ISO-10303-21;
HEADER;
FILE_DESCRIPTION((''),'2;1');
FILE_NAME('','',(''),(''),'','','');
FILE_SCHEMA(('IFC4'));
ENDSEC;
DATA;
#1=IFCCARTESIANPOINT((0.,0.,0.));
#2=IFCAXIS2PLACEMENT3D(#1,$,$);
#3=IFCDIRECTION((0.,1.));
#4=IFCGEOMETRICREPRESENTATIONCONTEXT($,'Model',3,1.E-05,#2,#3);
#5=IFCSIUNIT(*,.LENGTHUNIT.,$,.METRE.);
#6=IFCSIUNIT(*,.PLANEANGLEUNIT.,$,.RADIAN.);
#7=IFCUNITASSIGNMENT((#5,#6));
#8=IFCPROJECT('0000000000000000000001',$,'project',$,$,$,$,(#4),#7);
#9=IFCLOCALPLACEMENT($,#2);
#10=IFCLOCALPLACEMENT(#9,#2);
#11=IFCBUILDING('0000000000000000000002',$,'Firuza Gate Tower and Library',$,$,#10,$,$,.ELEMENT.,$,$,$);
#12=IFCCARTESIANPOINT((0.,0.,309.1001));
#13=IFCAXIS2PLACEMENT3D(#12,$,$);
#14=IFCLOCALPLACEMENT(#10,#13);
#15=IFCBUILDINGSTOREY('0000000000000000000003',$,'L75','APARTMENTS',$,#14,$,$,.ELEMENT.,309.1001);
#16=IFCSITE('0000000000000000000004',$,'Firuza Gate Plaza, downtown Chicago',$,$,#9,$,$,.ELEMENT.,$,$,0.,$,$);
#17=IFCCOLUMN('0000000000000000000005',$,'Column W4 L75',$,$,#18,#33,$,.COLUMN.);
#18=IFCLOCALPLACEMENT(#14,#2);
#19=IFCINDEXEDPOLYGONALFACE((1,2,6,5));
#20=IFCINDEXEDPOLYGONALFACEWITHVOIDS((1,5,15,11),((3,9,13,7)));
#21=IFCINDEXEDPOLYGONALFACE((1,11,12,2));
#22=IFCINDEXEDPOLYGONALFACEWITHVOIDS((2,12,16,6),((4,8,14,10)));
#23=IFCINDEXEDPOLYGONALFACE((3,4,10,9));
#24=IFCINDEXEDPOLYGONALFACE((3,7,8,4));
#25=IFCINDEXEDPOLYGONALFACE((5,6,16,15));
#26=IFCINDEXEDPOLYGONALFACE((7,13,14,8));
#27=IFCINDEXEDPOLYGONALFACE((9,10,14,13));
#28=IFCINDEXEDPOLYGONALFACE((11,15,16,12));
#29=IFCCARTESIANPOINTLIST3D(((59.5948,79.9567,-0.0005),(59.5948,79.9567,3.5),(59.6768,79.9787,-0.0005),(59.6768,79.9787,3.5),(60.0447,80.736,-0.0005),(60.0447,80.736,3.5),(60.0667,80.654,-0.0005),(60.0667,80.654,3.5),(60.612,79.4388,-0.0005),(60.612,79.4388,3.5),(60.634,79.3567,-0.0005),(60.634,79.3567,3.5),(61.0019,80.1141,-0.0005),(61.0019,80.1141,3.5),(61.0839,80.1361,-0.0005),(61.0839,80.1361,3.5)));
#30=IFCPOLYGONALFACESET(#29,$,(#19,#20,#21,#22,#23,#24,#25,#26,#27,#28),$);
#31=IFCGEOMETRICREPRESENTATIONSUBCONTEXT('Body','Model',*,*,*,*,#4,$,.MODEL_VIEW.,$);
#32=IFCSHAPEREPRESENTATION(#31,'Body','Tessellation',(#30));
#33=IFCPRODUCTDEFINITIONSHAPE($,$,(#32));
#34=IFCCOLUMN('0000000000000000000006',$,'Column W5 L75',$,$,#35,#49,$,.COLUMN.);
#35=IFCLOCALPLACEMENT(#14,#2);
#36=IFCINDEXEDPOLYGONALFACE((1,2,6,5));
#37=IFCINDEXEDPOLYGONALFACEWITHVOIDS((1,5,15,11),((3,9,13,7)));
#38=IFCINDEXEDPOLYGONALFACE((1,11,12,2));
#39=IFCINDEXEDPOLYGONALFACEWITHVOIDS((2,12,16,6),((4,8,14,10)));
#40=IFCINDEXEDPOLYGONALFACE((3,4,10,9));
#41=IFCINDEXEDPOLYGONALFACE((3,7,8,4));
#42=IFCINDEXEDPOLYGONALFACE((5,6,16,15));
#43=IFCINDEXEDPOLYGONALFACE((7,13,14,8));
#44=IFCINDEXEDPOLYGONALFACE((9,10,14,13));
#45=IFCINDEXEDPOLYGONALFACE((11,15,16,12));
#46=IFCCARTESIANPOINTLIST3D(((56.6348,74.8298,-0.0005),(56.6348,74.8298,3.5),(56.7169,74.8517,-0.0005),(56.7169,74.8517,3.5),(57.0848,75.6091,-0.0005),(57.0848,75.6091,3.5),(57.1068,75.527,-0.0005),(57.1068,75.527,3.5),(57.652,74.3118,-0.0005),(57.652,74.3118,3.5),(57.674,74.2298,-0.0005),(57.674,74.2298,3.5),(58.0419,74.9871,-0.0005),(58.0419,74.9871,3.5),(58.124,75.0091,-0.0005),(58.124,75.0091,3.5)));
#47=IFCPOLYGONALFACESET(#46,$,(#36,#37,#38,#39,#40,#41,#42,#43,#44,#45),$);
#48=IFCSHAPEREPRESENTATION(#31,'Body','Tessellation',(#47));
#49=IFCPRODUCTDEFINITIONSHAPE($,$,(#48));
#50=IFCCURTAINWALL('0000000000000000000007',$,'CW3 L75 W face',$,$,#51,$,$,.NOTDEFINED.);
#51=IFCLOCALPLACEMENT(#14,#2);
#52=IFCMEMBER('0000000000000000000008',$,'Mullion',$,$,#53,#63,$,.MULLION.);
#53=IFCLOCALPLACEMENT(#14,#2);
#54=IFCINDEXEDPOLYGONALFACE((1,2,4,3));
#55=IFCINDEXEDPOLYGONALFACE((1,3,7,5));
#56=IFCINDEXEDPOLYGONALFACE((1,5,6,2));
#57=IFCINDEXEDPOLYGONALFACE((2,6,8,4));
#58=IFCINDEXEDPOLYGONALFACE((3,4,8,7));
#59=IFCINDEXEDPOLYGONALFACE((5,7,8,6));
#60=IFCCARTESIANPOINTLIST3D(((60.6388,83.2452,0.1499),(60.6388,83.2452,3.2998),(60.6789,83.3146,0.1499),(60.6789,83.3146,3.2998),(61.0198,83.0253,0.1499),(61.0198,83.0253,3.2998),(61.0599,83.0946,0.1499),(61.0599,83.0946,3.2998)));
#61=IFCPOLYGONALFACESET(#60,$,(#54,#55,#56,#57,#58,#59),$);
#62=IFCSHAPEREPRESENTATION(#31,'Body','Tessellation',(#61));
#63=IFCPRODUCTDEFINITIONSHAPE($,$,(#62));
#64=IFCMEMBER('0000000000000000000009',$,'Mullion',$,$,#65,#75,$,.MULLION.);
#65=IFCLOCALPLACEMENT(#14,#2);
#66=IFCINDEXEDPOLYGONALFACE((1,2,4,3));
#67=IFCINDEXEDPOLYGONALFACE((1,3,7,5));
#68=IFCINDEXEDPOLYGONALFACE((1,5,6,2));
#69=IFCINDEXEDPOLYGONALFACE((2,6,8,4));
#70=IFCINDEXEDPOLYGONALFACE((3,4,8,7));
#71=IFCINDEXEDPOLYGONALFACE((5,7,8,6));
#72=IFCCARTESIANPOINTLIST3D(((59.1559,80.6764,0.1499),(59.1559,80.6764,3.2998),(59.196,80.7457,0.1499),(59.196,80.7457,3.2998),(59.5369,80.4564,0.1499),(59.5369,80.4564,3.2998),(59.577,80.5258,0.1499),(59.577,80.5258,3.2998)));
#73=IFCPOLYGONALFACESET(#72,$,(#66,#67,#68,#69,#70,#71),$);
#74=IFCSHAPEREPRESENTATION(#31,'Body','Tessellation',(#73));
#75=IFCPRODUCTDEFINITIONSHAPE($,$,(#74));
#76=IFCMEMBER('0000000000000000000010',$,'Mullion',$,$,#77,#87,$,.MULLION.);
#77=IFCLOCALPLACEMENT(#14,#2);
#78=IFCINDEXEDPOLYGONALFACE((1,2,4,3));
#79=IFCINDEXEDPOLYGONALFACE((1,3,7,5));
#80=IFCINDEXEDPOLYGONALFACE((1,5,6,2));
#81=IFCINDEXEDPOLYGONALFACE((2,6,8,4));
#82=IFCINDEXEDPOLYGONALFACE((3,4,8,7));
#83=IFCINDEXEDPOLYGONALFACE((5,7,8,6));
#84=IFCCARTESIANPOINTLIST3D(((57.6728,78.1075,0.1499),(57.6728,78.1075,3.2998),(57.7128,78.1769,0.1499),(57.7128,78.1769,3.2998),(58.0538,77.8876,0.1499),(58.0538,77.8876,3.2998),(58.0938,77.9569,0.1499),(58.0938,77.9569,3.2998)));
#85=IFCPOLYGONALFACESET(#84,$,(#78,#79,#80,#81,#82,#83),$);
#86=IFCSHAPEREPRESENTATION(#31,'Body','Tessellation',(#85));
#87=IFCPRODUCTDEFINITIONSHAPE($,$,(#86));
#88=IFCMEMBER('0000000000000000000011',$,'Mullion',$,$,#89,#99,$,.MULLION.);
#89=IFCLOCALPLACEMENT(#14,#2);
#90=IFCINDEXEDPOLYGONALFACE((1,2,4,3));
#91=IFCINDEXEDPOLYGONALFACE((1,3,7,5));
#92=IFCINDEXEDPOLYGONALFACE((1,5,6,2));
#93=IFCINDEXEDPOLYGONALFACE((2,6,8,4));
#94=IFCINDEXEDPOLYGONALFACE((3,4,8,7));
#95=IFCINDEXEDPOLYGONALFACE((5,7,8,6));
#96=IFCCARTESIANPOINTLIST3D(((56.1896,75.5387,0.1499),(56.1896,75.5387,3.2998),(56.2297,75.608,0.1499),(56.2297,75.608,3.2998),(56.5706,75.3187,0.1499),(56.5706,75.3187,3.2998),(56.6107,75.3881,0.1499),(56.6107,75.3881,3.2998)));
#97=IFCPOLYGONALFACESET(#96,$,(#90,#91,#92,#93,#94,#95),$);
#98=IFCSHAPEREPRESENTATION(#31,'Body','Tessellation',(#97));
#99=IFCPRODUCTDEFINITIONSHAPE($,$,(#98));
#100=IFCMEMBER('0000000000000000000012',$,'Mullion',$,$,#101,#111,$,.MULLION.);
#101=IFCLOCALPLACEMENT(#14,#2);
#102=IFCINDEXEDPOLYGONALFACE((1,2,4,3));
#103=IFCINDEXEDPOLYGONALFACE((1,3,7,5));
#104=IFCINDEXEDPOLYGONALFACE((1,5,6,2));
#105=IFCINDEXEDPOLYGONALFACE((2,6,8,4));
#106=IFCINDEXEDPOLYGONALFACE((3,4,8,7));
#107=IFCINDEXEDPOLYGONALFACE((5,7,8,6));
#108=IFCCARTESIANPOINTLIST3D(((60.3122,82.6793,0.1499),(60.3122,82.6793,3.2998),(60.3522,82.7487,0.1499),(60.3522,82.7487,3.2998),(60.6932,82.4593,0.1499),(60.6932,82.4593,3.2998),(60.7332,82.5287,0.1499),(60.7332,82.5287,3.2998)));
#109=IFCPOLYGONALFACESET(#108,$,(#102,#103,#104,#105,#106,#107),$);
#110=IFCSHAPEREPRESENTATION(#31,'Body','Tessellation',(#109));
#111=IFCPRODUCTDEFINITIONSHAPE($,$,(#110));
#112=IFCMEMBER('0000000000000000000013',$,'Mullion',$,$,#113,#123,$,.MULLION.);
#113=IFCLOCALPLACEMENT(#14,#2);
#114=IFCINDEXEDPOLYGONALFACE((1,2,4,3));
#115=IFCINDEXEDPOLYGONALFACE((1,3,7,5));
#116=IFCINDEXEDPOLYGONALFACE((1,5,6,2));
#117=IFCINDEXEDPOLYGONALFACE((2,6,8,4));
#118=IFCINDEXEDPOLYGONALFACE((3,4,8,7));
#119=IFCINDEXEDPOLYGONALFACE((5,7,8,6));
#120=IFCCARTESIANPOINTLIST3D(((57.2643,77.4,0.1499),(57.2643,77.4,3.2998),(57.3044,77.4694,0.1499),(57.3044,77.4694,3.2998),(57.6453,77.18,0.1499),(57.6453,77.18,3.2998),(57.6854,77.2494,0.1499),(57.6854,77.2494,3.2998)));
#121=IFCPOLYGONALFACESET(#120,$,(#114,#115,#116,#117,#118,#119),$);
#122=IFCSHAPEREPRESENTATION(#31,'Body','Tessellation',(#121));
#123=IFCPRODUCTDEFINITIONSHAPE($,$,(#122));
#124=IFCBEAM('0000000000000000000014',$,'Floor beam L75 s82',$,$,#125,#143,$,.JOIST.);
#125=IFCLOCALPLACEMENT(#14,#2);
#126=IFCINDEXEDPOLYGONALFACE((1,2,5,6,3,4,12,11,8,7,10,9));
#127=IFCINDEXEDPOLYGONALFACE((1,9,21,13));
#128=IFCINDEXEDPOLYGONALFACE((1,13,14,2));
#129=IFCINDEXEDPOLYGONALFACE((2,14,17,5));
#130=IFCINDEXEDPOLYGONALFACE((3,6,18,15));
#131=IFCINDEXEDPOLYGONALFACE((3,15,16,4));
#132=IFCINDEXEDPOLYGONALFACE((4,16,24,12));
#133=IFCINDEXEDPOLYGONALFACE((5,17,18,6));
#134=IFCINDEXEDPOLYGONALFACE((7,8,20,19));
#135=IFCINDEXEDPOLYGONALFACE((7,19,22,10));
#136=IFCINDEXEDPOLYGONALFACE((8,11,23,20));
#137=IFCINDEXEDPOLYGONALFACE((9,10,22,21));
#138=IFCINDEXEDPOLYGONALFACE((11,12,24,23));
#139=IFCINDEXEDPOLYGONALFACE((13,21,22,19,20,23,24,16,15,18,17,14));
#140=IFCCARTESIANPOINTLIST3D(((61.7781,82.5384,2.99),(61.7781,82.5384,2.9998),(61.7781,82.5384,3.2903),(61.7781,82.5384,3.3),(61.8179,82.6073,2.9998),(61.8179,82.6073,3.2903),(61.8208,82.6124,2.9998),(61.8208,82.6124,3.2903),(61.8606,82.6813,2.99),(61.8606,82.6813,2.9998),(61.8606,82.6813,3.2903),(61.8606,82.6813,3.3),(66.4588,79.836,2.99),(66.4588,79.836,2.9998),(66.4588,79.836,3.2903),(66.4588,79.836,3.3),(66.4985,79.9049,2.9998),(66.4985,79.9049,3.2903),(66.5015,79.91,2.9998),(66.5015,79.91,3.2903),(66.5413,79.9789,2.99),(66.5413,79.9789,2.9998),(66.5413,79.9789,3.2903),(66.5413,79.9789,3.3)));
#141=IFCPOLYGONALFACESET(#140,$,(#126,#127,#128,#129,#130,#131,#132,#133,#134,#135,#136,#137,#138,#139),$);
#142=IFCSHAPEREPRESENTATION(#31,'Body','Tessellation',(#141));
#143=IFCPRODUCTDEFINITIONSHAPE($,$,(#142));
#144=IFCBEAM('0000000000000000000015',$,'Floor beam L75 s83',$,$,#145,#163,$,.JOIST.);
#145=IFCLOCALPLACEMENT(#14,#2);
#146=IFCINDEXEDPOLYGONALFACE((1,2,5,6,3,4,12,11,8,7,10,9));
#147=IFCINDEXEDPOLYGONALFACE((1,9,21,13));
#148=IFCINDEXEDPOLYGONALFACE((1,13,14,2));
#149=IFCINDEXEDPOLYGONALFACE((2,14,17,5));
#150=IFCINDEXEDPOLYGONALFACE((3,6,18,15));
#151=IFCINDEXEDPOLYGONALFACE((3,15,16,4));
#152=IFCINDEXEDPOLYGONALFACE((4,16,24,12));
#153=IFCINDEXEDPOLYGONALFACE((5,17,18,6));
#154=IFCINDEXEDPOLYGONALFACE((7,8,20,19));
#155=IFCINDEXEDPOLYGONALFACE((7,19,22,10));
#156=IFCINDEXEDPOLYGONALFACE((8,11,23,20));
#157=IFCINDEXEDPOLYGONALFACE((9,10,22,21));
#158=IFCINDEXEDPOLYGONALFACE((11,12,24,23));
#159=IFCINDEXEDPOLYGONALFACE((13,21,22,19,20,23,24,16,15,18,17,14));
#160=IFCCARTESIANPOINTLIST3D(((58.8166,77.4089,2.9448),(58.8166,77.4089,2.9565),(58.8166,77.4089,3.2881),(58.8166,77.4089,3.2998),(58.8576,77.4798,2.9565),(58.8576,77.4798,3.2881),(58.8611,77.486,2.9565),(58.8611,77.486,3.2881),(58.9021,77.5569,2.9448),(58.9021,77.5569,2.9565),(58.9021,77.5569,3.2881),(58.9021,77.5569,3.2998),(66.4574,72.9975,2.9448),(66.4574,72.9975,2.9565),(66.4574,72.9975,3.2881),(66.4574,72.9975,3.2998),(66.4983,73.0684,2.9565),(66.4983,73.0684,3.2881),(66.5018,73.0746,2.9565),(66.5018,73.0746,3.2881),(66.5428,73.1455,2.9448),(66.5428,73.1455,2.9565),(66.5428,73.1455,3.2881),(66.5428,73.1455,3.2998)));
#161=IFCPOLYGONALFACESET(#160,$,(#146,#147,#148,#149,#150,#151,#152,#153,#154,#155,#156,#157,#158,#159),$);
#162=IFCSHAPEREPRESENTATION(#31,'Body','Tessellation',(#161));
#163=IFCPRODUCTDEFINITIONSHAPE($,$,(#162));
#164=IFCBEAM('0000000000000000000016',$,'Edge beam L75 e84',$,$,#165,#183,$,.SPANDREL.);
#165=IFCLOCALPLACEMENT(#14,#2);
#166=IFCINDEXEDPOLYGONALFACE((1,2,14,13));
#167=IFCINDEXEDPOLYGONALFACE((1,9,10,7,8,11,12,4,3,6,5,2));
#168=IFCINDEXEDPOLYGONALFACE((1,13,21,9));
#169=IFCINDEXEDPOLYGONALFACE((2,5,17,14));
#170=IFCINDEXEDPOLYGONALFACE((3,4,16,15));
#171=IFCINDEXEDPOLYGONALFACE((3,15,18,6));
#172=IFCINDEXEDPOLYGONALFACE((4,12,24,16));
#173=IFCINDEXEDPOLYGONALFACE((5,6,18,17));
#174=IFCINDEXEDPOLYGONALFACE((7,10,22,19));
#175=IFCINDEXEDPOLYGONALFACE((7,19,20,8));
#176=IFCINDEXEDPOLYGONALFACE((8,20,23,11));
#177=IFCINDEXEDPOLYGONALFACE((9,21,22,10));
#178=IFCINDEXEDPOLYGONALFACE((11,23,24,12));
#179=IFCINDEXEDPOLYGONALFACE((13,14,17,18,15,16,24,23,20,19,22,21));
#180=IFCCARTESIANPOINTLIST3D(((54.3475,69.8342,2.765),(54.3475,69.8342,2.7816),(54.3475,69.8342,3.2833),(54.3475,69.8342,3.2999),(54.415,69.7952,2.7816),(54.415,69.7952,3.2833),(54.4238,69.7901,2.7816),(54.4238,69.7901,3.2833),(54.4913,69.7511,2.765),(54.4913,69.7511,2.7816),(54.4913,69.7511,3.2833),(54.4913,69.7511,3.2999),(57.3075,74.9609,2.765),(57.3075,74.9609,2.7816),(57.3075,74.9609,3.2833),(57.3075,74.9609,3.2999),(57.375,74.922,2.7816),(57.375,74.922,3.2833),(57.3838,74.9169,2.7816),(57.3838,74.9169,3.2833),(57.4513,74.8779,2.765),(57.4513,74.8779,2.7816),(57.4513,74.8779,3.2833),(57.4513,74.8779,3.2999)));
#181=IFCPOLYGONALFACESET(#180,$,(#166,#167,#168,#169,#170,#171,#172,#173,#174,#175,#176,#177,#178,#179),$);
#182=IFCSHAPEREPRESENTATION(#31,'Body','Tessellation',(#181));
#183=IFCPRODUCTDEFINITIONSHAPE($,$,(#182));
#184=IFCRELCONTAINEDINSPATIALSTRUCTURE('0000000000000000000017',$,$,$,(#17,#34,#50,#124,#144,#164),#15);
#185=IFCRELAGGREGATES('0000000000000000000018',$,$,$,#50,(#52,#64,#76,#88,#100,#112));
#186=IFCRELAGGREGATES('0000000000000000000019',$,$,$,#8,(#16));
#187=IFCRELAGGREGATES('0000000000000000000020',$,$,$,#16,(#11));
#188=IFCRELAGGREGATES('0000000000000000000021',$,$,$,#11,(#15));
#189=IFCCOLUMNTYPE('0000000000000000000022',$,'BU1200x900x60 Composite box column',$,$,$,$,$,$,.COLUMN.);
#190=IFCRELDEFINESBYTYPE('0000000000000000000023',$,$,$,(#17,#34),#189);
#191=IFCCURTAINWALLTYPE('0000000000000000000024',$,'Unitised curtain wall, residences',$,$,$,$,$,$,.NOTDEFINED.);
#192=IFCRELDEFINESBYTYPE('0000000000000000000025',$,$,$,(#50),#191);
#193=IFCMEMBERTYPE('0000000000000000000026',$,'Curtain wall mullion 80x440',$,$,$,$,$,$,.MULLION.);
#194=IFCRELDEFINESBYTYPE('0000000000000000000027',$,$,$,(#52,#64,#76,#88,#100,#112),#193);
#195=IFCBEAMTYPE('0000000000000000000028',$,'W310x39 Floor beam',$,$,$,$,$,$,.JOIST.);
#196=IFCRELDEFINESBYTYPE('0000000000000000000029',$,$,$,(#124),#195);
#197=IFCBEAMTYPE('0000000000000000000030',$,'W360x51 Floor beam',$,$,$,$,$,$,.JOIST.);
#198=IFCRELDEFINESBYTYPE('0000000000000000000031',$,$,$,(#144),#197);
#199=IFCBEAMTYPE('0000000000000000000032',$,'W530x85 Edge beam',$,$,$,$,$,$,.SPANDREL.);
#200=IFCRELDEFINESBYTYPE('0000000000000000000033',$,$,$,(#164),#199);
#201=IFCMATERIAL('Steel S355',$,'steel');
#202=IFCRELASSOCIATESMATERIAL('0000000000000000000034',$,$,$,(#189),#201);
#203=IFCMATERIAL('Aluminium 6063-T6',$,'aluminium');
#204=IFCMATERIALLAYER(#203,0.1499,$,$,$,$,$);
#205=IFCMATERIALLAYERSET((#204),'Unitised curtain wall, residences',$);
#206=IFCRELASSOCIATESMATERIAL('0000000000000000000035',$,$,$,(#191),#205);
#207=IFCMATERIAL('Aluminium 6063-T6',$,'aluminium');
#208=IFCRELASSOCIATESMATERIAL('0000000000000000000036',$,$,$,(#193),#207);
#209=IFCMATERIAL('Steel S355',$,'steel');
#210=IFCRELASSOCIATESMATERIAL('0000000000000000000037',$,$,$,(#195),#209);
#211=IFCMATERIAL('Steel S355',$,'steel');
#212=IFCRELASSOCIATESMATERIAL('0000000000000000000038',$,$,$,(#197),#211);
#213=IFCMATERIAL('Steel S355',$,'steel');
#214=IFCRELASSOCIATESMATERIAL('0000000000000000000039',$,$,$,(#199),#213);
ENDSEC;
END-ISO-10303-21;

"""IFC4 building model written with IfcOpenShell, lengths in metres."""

from ifc_helpers import new_model, si_unit, direction, frame, origin, origin_2d, place, context, subcontext, project, spatial, rectangle, hollow_rectangle, i_section, extrude, material, layer, layer_set, material_profile, profile_set, type_object, element, aggregate, save


model = new_model("IFC4")

# Units and contexts
model_context = context("Model", 3, precision=1e-05, world=origin(), true_north=direction((0.0, 1.0)))
body_context = subcontext(model_context, "Body", "Model", "MODEL_VIEW")
ifc_project = project(units=[si_unit("LENGTHUNIT", "METRE"), si_unit("PLANEANGLEUNIT", "RADIAN")], contexts=[model_context])

# Site, building, storey
site_placement = place(None, origin())
site = spatial("IfcSite", under=ifc_project, at=site_placement, Name="Firuza Gate Plaza, downtown Chicago", CompositionType="ELEMENT", RefElevation=0.0)
building_placement = place(site_placement, origin())
building = spatial("IfcBuilding", under=site, at=building_placement, Name="Firuza Gate Tower and Library", CompositionType="ELEMENT")
storey_placement = place(building_placement, frame((0.0, 0.0, 309.1001)))
storey = spatial("IfcBuildingStorey", under=building, at=storey_placement, Name="L75", Description="APARTMENTS", CompositionType="ELEMENT", Elevation=309.1001)

# Columns
ifc_material_1 = material(Name="Steel S355", Category="steel")
ifc_material_profile_1 = material_profile(ifc_material_1, hollow_rectangle(XDim=0.8999, YDim=1.2, WallThickness=0.0601, at=origin_2d()))
ifc_profile_set_1 = profile_set([ifc_material_profile_1], Name="Steel S355")
column_type = type_object("IfcColumnType", Name="BU1200x900x60 Composite box column", PredefinedType="COLUMN", material=ifc_profile_set_1)
for number, where, z_axis, x_axis, name in (
    (1, (60.3394, 80.0464, -0.0005), (0.0, 0.0, 1.0), (-0.5, -0.866025, 0.0), "Column W4 L75"),
    (2, (57.3794, 74.9194, -0.0005), (0.0, 0.0, 1.0), (-0.5, -0.866025, 0.0), "Column W5 L75"),
):
    element("IfcColumn", number, at=place(storey_placement, frame(where, z_axis=z_axis, x_axis=x_axis)), inside=storey, type_object=column_type, Name=name, PredefinedType="COLUMN", context=body_context, shape_type="SweptSolid", body=[
        extrude(hollow_rectangle(XDim=0.8999, YDim=1.2, WallThickness=0.0601, at=origin_2d()), origin(), (0.0, 0.0, 1.0), 3.5005),
    ])

# Curtain wall, members
ifc_material_2 = material(Name="Aluminium 6063-T6", Category="aluminium")
ifc_layer_1 = layer(ifc_material_2, 0.1499)
ifc_layer_set_1 = layer_set([ifc_layer_1], Name="Unitised curtain wall, residences")
curtain_wall_type = type_object("IfcCurtainWallType", Name="Unitised curtain wall, residences", PredefinedType="NOTDEFINED", material=ifc_layer_set_1)
curtain_wall_placement = place(storey_placement, origin())
curtain_wall = element("IfcCurtainWall", 3, at=curtain_wall_placement, inside=storey, type_object=curtain_wall_type, Name="CW3 L75 W face", PredefinedType="NOTDEFINED")
ifc_material_3 = material(Name="Aluminium 6063-T6", Category="aluminium")
ifc_material_profile_2 = material_profile(ifc_material_3, rectangle(XDim=0.4399, YDim=0.0801, at=origin_2d()))
ifc_profile_set_2 = profile_set([ifc_material_profile_2], Name="Aluminium 6063-T6")
member_type = type_object("IfcMemberType", Name="Curtain wall mullion 80x440", PredefinedType="MULLION", material=ifc_profile_set_2)
member_1_placement = place(storey_placement, frame((60.8494, 83.1699, 0.1499), z_axis=(0.0, 0.0, 1.0), x_axis=(0.866025, -0.5, 0.0)))
member_1 = element("IfcMember", 4, at=member_1_placement, type_object=member_type, Name="Mullion", PredefinedType="MULLION", context=body_context, shape_type="SweptSolid", body=[
    extrude(rectangle(XDim=0.4399, YDim=0.0801, at=origin_2d()), origin(), (0.0, 0.0, 1.0), 3.1499),
])
member_2_placement = place(storey_placement, frame((59.3665, 80.6011, 0.1499), z_axis=(0.0, 0.0, 1.0), x_axis=(0.866025, -0.5, 0.0)))
member_2 = element("IfcMember", 5, at=member_2_placement, type_object=member_type, Name="Mullion", PredefinedType="MULLION", context=body_context, shape_type="SweptSolid", body=[
    extrude(rectangle(XDim=0.4399, YDim=0.0801, at=origin_2d()), origin(), (0.0, 0.0, 1.0), 3.1499),
])
member_3_placement = place(storey_placement, frame((57.8833, 78.0322, 0.1499), z_axis=(0.0, 0.0, 1.0), x_axis=(0.866025, -0.5, 0.0)))
member_3 = element("IfcMember", 6, at=member_3_placement, type_object=member_type, Name="Mullion", PredefinedType="MULLION", context=body_context, shape_type="SweptSolid", body=[
    extrude(rectangle(XDim=0.4399, YDim=0.0801, at=origin_2d()), origin(), (0.0, 0.0, 1.0), 3.1499),
])
member_4_placement = place(storey_placement, frame((56.4001, 75.4634, 0.1499), z_axis=(0.0, 0.0, 1.0), x_axis=(0.866025, -0.5, 0.0)))
member_4 = element("IfcMember", 7, at=member_4_placement, type_object=member_type, Name="Mullion", PredefinedType="MULLION", context=body_context, shape_type="SweptSolid", body=[
    extrude(rectangle(XDim=0.4399, YDim=0.0801, at=origin_2d()), origin(), (0.0, 0.0, 1.0), 3.1499),
])
member_5_placement = place(storey_placement, frame((60.5227, 82.604, 0.1499), z_axis=(0.0, 0.0, 1.0), x_axis=(0.866025, -0.5, 0.0)))
member_5 = element("IfcMember", 8, at=member_5_placement, type_object=member_type, Name="Mullion", PredefinedType="MULLION", context=body_context, shape_type="SweptSolid", body=[
    extrude(rectangle(XDim=0.4399, YDim=0.0801, at=origin_2d()), origin(), (0.0, 0.0, 1.0), 3.1499),
])
member_6_placement = place(storey_placement, frame((57.4749, 77.3247, 0.1499), z_axis=(0.0, 0.0, 1.0), x_axis=(0.866025, -0.5, 0.0)))
member_6 = element("IfcMember", 9, at=member_6_placement, type_object=member_type, Name="Mullion", PredefinedType="MULLION", context=body_context, shape_type="SweptSolid", body=[
    extrude(rectangle(XDim=0.4399, YDim=0.0801, at=origin_2d()), origin(), (0.0, 0.0, 1.0), 3.1499),
])

# Beams
ifc_material_4 = material(Name="Steel S355", Category="steel")
ifc_material_profile_3 = material_profile(ifc_material_4, i_section(OverallWidth=0.165, OverallDepth=0.3101, WebThickness=0.0059, FlangeThickness=0.0098, at=origin_2d()))
ifc_profile_set_3 = profile_set([ifc_material_profile_3], Name="Steel S355")
beam_type_1 = type_object("IfcBeamType", Name="W310x39 Floor beam", PredefinedType="JOIST", material=ifc_profile_set_3)
beam_1_placement = place(storey_placement, frame((61.8193, 82.6099, 3.145), z_axis=(0.866025, -0.500001, 0.0), x_axis=(0.500001, 0.866025, 0.0)))
element("IfcBeam", 10, at=beam_1_placement, inside=storey, type_object=beam_type_1, Name="Floor beam L75 s82", PredefinedType="JOIST", context=body_context, shape_type="SweptSolid", body=[
    extrude(i_section(OverallWidth=0.165, OverallDepth=0.3101, WebThickness=0.0059, FlangeThickness=0.0098, at=origin_2d()), origin(), (0.0, 0.0, 1.0), 5.4048),
])
ifc_material_5 = material(Name="Steel S355", Category="steel")
ifc_material_profile_4 = material_profile(ifc_material_5, i_section(OverallWidth=0.1709, OverallDepth=0.355, WebThickness=0.0071, FlangeThickness=0.0117, at=origin_2d()))
ifc_profile_set_4 = profile_set([ifc_material_profile_4], Name="Steel S355")
beam_type_2 = type_object("IfcBeamType", Name="W360x51 Floor beam", PredefinedType="JOIST", material=ifc_profile_set_4)
beam_2_placement = place(storey_placement, frame((58.8594, 77.4829, 3.1223), z_axis=(0.866022, -0.500005, 0.0), x_axis=(0.500005, 0.866022, 0.0)))
element("IfcBeam", 11, at=beam_2_placement, inside=storey, type_object=beam_type_2, Name="Floor beam L75 s83", PredefinedType="JOIST", context=body_context, shape_type="SweptSolid", body=[
    extrude(i_section(OverallWidth=0.1709, OverallDepth=0.355, WebThickness=0.0071, FlangeThickness=0.0117, at=origin_2d()), origin(), (0.0, 0.0, 1.0), 8.8228),
])
ifc_material_6 = material(Name="Steel S355", Category="steel")
ifc_material_profile_5 = material_profile(ifc_material_6, i_section(OverallWidth=0.166, OverallDepth=0.5349, WebThickness=0.0103, FlangeThickness=0.0166, at=origin_2d()))
ifc_profile_set_5 = profile_set([ifc_material_profile_5], Name="Steel S355")
beam_type_3 = type_object("IfcBeamType", Name="W530x85 Edge beam", PredefinedType="SPANDREL", material=ifc_profile_set_5)
beam_3_placement = place(storey_placement, frame((57.3794, 74.9194, 3.0325), z_axis=(-0.500007, -0.866021, 0.0), x_axis=(0.866021, -0.500007, 0.0)))
element("IfcBeam", 12, at=beam_3_placement, inside=storey, type_object=beam_type_3, Name="Edge beam L75 e84", PredefinedType="SPANDREL", context=body_context, shape_type="SweptSolid", body=[
    extrude(i_section(OverallWidth=0.166, OverallDepth=0.5349, WebThickness=0.0103, FlangeThickness=0.0166, at=origin_2d()), origin(), (0.0, 0.0, 1.0), 5.9199),
])

aggregate(curtain_wall, [member_1, member_2, member_3, member_4, member_5, member_6])

save(model, "model.ifc")
